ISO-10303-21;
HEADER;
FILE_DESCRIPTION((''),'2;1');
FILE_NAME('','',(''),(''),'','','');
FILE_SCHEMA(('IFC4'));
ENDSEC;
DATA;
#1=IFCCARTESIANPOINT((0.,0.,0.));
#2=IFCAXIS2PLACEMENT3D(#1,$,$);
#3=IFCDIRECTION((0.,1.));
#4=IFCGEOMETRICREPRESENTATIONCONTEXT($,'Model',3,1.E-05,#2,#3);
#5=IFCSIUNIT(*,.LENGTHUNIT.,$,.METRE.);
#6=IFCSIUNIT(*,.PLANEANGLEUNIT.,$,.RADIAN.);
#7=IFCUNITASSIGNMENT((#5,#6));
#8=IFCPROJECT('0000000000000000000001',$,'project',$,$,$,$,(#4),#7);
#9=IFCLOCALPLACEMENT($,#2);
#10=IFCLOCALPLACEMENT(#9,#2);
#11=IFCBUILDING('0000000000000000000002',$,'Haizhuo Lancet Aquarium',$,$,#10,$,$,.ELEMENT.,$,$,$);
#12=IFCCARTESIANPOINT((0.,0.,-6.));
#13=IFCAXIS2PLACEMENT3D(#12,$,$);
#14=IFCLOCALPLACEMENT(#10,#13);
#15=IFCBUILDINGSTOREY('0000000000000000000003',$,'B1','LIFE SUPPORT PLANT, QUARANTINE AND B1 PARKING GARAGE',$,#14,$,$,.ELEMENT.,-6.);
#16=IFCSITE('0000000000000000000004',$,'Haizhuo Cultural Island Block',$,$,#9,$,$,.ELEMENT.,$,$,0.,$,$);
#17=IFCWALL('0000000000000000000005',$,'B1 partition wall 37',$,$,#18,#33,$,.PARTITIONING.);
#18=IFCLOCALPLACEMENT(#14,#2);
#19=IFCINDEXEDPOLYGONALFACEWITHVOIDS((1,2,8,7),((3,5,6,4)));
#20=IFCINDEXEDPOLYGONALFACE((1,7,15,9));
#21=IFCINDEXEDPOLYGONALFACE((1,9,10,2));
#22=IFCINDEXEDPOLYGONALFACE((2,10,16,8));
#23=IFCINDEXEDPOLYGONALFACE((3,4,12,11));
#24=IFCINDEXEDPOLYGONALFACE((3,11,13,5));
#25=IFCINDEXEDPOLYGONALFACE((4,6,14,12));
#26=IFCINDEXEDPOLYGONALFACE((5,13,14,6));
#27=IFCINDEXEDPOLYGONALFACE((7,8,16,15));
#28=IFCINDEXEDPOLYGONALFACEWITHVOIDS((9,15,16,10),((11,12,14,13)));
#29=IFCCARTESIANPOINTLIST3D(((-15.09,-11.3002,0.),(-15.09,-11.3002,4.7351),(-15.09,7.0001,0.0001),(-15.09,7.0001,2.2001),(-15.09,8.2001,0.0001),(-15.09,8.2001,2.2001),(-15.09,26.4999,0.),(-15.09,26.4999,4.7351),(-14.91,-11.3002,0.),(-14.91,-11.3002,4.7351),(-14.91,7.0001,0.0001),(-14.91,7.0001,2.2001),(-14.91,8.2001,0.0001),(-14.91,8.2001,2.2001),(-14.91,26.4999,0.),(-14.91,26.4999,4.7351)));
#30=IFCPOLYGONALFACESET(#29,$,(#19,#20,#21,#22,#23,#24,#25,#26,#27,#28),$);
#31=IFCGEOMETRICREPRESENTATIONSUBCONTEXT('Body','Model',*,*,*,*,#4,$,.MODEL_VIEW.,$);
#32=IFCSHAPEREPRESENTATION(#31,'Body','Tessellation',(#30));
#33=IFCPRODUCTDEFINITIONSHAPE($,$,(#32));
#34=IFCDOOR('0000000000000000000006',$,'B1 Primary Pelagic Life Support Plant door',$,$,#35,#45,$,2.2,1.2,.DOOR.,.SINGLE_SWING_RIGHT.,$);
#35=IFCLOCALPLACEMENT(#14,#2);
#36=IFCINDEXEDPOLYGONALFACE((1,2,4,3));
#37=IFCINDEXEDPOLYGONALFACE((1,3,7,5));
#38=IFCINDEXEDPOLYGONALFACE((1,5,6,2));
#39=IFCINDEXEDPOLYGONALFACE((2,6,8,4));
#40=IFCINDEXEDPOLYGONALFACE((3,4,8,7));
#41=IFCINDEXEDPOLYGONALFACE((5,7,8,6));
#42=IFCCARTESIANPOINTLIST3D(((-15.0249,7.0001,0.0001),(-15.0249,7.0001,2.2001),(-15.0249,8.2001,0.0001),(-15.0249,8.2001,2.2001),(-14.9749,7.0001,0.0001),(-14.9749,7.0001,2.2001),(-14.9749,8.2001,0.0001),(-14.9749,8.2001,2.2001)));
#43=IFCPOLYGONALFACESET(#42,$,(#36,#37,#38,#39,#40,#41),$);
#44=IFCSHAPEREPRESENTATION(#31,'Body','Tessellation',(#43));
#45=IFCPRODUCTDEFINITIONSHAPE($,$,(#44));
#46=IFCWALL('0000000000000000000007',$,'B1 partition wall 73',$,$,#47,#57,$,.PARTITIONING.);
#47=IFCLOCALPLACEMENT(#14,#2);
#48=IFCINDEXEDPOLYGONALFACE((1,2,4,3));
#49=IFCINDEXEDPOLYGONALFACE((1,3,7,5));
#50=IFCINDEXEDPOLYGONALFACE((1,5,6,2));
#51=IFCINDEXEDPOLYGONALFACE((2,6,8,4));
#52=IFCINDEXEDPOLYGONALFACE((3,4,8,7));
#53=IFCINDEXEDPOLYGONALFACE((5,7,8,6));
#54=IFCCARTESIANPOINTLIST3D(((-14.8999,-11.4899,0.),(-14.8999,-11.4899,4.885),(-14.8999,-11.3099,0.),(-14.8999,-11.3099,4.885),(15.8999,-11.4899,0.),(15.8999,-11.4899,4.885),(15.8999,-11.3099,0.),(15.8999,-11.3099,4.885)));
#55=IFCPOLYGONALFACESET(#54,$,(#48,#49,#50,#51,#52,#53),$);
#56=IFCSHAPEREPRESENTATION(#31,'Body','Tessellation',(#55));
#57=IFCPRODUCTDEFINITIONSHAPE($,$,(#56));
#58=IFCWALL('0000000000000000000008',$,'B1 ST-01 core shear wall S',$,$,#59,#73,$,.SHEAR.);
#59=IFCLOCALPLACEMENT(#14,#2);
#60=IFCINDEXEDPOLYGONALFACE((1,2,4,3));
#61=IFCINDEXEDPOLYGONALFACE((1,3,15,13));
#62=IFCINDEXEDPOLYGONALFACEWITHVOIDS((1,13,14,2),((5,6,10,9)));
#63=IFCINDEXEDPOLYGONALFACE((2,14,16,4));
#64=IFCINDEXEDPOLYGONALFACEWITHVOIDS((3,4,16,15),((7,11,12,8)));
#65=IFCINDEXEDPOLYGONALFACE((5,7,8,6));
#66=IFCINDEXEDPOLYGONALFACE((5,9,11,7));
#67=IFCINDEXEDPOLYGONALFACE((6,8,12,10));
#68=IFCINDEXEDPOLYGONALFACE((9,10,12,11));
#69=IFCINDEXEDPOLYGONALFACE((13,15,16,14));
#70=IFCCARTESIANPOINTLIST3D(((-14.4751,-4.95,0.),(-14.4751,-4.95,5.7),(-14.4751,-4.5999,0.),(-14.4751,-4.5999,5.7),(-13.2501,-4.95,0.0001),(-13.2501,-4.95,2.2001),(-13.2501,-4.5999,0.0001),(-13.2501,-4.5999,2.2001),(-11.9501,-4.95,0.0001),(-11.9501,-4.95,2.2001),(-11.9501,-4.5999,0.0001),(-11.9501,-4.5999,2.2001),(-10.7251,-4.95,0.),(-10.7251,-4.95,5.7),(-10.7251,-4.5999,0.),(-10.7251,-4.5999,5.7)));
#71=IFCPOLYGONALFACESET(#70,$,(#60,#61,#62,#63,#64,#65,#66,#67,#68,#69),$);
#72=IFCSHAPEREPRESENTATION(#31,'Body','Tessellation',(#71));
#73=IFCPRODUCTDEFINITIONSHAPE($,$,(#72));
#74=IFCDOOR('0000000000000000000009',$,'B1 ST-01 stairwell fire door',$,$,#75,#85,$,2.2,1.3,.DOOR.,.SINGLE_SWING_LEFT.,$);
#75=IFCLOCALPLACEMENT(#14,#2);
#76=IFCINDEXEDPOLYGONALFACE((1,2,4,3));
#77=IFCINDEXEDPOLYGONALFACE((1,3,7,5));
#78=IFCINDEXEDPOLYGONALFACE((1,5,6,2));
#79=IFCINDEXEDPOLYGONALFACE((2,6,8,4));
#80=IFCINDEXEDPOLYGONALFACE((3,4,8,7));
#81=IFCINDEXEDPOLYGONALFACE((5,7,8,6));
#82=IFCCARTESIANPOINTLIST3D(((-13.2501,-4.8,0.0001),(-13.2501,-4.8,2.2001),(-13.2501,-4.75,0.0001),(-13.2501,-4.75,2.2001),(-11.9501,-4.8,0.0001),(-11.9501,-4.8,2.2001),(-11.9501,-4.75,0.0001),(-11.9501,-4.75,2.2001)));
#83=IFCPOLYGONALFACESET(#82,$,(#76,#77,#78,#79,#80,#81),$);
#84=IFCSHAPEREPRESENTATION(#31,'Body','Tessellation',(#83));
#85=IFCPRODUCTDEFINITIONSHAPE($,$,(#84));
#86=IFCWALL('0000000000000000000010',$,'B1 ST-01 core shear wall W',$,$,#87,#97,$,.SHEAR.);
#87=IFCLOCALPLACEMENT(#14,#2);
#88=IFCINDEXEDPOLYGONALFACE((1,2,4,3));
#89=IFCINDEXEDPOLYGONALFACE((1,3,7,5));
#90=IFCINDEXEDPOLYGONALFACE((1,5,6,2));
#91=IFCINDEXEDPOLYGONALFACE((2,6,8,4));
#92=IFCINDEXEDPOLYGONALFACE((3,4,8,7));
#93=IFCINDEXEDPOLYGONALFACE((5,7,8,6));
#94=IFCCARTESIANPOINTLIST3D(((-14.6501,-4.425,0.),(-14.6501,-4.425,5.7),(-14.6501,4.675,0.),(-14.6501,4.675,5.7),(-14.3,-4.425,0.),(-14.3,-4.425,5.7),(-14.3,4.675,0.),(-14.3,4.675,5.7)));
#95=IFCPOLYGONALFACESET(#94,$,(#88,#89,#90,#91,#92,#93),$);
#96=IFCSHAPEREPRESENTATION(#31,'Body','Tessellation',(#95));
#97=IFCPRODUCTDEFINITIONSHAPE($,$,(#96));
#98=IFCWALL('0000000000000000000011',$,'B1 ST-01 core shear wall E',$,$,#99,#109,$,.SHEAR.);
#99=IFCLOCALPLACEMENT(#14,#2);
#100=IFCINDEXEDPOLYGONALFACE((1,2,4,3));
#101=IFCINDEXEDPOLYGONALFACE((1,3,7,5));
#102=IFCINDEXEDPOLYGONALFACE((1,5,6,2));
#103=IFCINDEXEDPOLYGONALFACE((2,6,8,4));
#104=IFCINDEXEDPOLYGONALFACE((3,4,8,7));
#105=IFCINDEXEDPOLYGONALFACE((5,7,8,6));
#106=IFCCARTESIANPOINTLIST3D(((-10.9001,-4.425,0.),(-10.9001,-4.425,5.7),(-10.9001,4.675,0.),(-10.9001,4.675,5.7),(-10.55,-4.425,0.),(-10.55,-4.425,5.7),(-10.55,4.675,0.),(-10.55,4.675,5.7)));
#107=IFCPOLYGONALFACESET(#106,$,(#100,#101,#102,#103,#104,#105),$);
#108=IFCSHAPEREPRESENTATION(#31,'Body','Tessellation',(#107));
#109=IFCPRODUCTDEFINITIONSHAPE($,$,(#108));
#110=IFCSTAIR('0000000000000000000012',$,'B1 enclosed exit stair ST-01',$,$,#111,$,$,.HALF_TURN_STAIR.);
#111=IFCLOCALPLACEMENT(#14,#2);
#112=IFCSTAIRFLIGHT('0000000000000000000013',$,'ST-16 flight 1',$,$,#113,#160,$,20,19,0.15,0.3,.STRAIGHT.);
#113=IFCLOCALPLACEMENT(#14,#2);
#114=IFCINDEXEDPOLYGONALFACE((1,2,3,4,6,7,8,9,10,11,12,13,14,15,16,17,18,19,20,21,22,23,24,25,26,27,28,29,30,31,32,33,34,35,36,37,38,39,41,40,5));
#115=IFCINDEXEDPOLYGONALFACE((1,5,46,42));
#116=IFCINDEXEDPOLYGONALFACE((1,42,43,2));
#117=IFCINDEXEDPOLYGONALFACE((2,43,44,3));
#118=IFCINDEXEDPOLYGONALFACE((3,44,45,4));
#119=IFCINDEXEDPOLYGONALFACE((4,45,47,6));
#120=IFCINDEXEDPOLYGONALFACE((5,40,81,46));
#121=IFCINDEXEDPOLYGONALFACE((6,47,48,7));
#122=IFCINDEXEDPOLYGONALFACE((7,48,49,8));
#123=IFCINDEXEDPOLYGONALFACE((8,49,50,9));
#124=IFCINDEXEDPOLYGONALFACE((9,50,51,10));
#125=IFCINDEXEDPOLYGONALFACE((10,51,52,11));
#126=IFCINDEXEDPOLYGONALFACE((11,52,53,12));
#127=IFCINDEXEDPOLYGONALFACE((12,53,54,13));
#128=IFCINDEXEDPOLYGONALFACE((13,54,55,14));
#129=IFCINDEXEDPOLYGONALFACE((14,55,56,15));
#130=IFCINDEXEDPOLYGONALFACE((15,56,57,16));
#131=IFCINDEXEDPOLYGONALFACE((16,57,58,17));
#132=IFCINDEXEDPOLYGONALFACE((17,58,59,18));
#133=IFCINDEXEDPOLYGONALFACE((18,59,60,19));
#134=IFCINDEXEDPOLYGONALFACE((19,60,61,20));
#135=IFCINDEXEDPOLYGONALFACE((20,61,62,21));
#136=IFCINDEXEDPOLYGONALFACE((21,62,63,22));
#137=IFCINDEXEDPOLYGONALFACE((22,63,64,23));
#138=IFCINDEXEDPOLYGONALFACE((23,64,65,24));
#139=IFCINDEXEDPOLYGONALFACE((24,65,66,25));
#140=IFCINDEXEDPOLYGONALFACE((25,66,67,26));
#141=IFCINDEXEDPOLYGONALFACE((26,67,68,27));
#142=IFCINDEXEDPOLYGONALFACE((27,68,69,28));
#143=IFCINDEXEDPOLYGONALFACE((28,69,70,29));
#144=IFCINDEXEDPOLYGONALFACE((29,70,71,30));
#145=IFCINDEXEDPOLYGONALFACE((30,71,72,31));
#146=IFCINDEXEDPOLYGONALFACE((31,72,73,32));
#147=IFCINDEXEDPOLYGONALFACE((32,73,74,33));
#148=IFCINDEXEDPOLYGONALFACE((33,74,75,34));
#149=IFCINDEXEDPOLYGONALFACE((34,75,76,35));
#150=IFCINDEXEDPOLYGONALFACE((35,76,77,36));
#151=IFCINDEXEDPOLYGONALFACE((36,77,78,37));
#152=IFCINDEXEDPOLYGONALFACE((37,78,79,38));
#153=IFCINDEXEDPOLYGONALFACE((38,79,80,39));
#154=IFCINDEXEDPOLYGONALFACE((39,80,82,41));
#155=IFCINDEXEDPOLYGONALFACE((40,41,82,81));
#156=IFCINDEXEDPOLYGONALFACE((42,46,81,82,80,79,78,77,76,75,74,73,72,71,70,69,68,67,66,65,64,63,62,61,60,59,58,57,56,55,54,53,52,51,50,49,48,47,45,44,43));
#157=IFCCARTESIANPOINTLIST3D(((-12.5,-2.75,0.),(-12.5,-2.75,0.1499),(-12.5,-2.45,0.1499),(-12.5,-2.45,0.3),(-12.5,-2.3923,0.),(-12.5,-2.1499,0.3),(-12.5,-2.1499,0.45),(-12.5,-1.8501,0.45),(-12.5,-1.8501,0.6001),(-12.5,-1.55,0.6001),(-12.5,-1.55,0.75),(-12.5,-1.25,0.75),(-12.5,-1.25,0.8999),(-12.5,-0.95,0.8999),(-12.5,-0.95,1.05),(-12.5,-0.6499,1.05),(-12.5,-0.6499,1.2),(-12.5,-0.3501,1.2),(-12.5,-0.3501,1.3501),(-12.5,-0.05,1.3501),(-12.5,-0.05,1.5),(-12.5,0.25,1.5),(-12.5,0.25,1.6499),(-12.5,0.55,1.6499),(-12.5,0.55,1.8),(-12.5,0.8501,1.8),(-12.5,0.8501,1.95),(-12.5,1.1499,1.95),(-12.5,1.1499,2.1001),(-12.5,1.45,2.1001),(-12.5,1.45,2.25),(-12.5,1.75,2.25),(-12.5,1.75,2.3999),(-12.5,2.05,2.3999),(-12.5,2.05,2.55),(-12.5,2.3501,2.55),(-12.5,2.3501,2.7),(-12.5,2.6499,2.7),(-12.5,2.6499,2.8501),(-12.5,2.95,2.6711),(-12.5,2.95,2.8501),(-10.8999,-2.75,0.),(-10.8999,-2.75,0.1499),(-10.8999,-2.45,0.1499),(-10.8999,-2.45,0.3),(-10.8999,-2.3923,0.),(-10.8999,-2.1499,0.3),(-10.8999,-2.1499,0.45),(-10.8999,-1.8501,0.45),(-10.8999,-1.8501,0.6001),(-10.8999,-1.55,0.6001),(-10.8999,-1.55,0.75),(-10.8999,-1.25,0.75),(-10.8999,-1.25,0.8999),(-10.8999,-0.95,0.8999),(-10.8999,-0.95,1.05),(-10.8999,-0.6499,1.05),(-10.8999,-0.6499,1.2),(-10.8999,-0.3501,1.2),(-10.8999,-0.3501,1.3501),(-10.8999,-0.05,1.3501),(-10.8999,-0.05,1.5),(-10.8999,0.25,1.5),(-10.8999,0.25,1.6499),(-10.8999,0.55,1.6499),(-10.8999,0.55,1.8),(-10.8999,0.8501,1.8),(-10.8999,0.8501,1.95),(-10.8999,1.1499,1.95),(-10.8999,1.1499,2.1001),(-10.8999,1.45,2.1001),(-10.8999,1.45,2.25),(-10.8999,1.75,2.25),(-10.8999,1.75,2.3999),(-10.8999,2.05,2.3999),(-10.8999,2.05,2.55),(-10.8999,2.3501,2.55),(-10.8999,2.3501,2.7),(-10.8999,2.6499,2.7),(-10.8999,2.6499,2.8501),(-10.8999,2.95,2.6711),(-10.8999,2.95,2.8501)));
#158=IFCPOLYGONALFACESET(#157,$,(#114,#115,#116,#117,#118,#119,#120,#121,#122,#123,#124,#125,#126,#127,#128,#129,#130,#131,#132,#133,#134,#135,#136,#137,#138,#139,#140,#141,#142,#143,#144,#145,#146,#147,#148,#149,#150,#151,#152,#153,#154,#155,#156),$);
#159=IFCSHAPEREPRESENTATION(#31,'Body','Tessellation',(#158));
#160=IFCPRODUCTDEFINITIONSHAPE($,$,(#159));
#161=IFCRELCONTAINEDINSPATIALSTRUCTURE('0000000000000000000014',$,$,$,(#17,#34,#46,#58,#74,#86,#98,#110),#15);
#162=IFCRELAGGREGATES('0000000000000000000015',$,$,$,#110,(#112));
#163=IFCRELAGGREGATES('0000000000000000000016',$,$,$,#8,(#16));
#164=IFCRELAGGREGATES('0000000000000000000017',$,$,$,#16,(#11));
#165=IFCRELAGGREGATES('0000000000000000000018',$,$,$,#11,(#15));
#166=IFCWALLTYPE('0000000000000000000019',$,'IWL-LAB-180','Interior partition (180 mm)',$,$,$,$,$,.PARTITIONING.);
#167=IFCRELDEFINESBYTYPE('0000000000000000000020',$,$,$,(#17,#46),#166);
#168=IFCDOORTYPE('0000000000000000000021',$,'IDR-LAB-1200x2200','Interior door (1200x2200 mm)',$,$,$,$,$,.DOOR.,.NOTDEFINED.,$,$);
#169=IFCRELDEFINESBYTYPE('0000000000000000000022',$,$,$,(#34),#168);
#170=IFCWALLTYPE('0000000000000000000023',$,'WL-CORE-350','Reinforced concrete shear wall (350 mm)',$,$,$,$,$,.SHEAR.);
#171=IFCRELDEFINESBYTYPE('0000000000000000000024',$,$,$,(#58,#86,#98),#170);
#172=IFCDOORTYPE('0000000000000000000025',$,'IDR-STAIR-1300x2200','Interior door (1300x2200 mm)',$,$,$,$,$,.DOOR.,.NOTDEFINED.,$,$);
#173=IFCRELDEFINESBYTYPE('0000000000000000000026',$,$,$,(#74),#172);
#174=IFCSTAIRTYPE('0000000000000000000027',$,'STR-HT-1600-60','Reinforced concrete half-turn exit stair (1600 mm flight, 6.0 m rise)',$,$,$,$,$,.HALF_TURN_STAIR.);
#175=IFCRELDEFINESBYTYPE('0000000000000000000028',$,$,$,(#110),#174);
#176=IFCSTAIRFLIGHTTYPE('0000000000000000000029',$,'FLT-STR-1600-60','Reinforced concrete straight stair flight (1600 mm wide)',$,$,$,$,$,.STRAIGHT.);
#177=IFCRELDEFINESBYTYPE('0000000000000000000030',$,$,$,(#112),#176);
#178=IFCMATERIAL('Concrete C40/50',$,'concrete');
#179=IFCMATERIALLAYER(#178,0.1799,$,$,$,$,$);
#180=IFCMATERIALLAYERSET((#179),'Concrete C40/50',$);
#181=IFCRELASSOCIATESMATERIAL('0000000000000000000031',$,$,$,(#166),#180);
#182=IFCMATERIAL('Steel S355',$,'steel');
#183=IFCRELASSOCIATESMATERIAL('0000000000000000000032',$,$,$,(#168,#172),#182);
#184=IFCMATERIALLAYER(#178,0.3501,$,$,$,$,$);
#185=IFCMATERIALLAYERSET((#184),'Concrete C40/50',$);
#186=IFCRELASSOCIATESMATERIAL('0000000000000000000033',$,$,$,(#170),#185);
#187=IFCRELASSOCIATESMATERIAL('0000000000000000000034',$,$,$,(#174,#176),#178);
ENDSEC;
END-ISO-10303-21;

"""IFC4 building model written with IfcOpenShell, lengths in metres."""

from ifc_helpers import new_model, si_unit, direction, frame, frame_2d, origin, place, context, subcontext, project, spatial, polyline, rectangle, outline, extrude, material, layer, layer_set, type_object, element, fill, aggregate, save


model = new_model("IFC4")

# Units and contexts
model_context = context("Model", 3, precision=1e-05, world=origin(), true_north=direction((0.0, 1.0)))
body_context = subcontext(model_context, "Body", "Model", "MODEL_VIEW")
ifc_project = project(units=[si_unit("LENGTHUNIT", "METRE"), si_unit("PLANEANGLEUNIT", "RADIAN")], contexts=[model_context])

# Site, building, storey
site_placement = place(None, origin())
site = spatial("IfcSite", under=ifc_project, at=site_placement, Name="Haizhuo Cultural Island Block", CompositionType="ELEMENT", RefElevation=0.0)
building_placement = place(site_placement, origin())
building = spatial("IfcBuilding", under=site, at=building_placement, Name="Haizhuo Lancet Aquarium", CompositionType="ELEMENT")
storey_placement = place(building_placement, frame((0.0, 0.0, -6.0)))
storey = spatial("IfcBuildingStorey", under=building, at=storey_placement, Name="B1", Description="LIFE SUPPORT PLANT, QUARANTINE AND B1 PARKING GARAGE", CompositionType="ELEMENT", Elevation=-6.0)

# Shared definitions
ifc_material_1 = material(Name="Concrete C40/50", Category="concrete")

# Shared definitions
ifc_layer_1 = layer(ifc_material_1, 0.1799)
ifc_layer_set_1 = layer_set([ifc_layer_1], Name="Concrete C40/50")
wall_type_1 = type_object("IfcWallType", Name="IWL-LAB-180", Description="Interior partition (180 mm)", PredefinedType="PARTITIONING", material=ifc_layer_set_1)

# Wall, opening, door
wall_1_placement = place(storey_placement, frame((-15.0, -11.3, 0.0), z_axis=(0.0, 0.0, 1.0), x_axis=(0.0, 1.0, 0.0)))
wall_1 = element("IfcWall", 1, at=wall_1_placement, inside=storey, type_object=wall_type_1, Name="B1 partition wall 37", PredefinedType="PARTITIONING", context=body_context, shape_type="SweptSolid", body=[
    extrude(rectangle(XDim=37.8, YDim=0.1799, at=frame_2d((18.8999, 0.0))), origin(), (0.0, 0.0, 1.0), 4.7351),
])
opening_1_placement = place(wall_1_placement, frame((18.3, 0.0, 0.0)))
opening_1 = element("IfcOpeningElement", 2, at=opening_1_placement, cuts=wall_1, PredefinedType="OPENING", context=body_context, shape_type="SweptSolid", body=[
    extrude(rectangle(XDim=1.2, YDim=2.2, at=frame_2d((0.6001, 1.1001))), frame((0.0, 0.0999, 0.0), z_axis=(0.0, -1.0, 0.0), x_axis=(1.0, 0.0, 0.0)), (0.0, 0.0, 1.0), 0.1999),
])
ifc_material_2 = material(Name="Steel S355", Category="steel")
door_type_1 = type_object("IfcDoorType", Name="IDR-LAB-1200x2200", Description="Interior door (1200x2200 mm)", OperationType="NOTDEFINED", PredefinedType="DOOR", material=ifc_material_2)
door_1_placement = place(opening_1_placement, origin())
door_1 = element("IfcDoor", 3, at=door_1_placement, inside=storey, type_object=door_type_1, Name="B1 Primary Pelagic Life Support Plant door", OperationType="SINGLE_SWING_RIGHT", OverallHeight=2.2, OverallWidth=1.2, PredefinedType="DOOR", context=body_context, shape_type="SweptSolid", body=[
    extrude(rectangle(XDim=1.2, YDim=2.2, at=frame_2d((0.6001, 1.1001))), frame((0.0, 0.0249, 0.0), z_axis=(0.0, -1.0, 0.0), x_axis=(1.0, 0.0, 0.0)), (0.0, 0.0, 1.0), 0.05),
])
fill(opening_1, door_1)

# Wall
wall_2_placement = place(storey_placement, frame((-14.8999, -11.3999, 0.0), z_axis=(0.0, 0.0, 1.0), x_axis=(1.0, 0.0, 0.0)))
element("IfcWall", 4, at=wall_2_placement, inside=storey, type_object=wall_type_1, Name="B1 partition wall 73", PredefinedType="PARTITIONING", context=body_context, shape_type="SweptSolid", body=[
    extrude(rectangle(XDim=30.7998, YDim=0.1799, at=frame_2d((15.3999, 0.0))), origin(), (0.0, 0.0, 1.0), 4.885),
])

# Wall, opening, door
ifc_layer_2 = layer(ifc_material_1, 0.3501)
ifc_layer_set_2 = layer_set([ifc_layer_2], Name="Concrete C40/50")
wall_type_2 = type_object("IfcWallType", Name="WL-CORE-350", Description="Reinforced concrete shear wall (350 mm)", PredefinedType="SHEAR", material=ifc_layer_set_2)
wall_3_placement = place(storey_placement, frame((-14.4751, -4.7749, 0.0), z_axis=(0.0, 0.0, 1.0), x_axis=(1.0, 0.0, 0.0)))
wall_3 = element("IfcWall", 5, at=wall_3_placement, inside=storey, type_object=wall_type_2, Name="B1 ST-01 core shear wall S", PredefinedType="SHEAR", context=body_context, shape_type="SweptSolid", body=[
    extrude(rectangle(XDim=3.75, YDim=0.3501, at=frame_2d((1.875, 0.0))), origin(), (0.0, 0.0, 1.0), 5.7),
])
opening_2_placement = place(wall_3_placement, frame((1.2251, 0.0, 0.0)))
opening_2 = element("IfcOpeningElement", 6, at=opening_2_placement, cuts=wall_3, PredefinedType="OPENING", context=body_context, shape_type="SweptSolid", body=[
    extrude(rectangle(XDim=1.3, YDim=2.2, at=frame_2d((0.6499, 1.1001))), frame((0.0, 0.1851, 0.0), z_axis=(0.0, -1.0, 0.0), x_axis=(1.0, 0.0, 0.0)), (0.0, 0.0, 1.0), 0.3701),
])
door_type_2 = type_object("IfcDoorType", Name="IDR-STAIR-1300x2200", Description="Interior door (1300x2200 mm)", OperationType="NOTDEFINED", PredefinedType="DOOR", material=ifc_material_2)
door_2_placement = place(opening_2_placement, origin())
door_2 = element("IfcDoor", 7, at=door_2_placement, inside=storey, type_object=door_type_2, Name="B1 ST-01 stairwell fire door", OperationType="SINGLE_SWING_LEFT", OverallHeight=2.2, OverallWidth=1.3, PredefinedType="DOOR", context=body_context, shape_type="SweptSolid", body=[
    extrude(rectangle(XDim=1.3, YDim=2.2, at=frame_2d((0.6499, 1.1001))), frame((0.0, 0.0249, 0.0), z_axis=(0.0, -1.0, 0.0), x_axis=(1.0, 0.0, 0.0)), (0.0, 0.0, 1.0), 0.05),
])
fill(opening_2, door_2)

# Walls
for number, where, z_axis, x_axis, name in (
    (8, (-14.4751, -4.425, 0.0), (0.0, 0.0, 1.0), (0.0, 1.0, 0.0), "B1 ST-01 core shear wall W"),
    (9, (-10.7251, -4.425, 0.0), (0.0, 0.0, 1.0), (0.0, 1.0, 0.0), "B1 ST-01 core shear wall E"),
):
    element("IfcWall", number, at=place(storey_placement, frame(where, z_axis=z_axis, x_axis=x_axis)), inside=storey, type_object=wall_type_2, Name=name, PredefinedType="SHEAR", context=body_context, shape_type="SweptSolid", body=[
        extrude(rectangle(XDim=9.1001, YDim=0.3501, at=frame_2d((4.55, 0.0))), origin(), (0.0, 0.0, 1.0), 5.7),
    ])

# Stair, stair flight
stair_type = type_object("IfcStairType", Name="STR-HT-1600-60", Description="Reinforced concrete half-turn exit stair (1600 mm flight, 6.0 m rise)", PredefinedType="HALF_TURN_STAIR", material=ifc_material_1)
stair_placement = place(storey_placement, origin())
stair = element("IfcStair", 10, at=stair_placement, inside=storey, type_object=stair_type, Name="B1 enclosed exit stair ST-01", PredefinedType="HALF_TURN_STAIR")
stair_flight_type = type_object("IfcStairFlightType", Name="FLT-STR-1600-60", Description="Reinforced concrete straight stair flight (1600 mm wide)", PredefinedType="STRAIGHT", material=ifc_material_1)
stair_flight_placement = place(storey_placement, frame((-11.7, -2.75, 0.0), z_axis=(0.0, 0.0, 1.0), x_axis=(0.0, 1.0, 0.0)))
stair_flight = element("IfcStairFlight", 11, at=stair_flight_placement, type_object=stair_flight_type, Name="ST-16 flight 1", NumberOfRisers=20, NumberOfTreads=19, PredefinedType="STRAIGHT", RiserHeight=0.15, TreadLength=0.3, context=body_context, shape_type="SweptSolid", body=[
    extrude(outline(polyline([(0.0, 0.0), (0.0, 0.1499), (0.3, 0.1499), (0.3, 0.3), (0.6001, 0.3), (0.6001, 0.45), (0.8999, 0.45), (0.8999, 0.6001), (1.2, 0.6001), (1.2, 0.75), (1.5, 0.75), (1.5, 0.8999), (1.8, 0.8999), (1.8, 1.05), (2.1001, 1.05), (2.1001, 1.2), (2.3999, 1.2), (2.3999, 1.3501), (2.7, 1.3501), (2.7, 1.5), (3.0, 1.5), (3.0, 1.6499), (3.3, 1.6499), (3.3, 1.8), (3.6001, 1.8), (3.6001, 1.95), (3.8999, 1.95), (3.8999, 2.1001), (4.2, 2.1001), (4.2, 2.25), (4.5, 2.25), (4.5, 2.3999), (4.8, 2.3999), (4.8, 2.55), (5.1001, 2.55), (5.1001, 2.7), (5.3999, 2.7), (5.3999, 2.8501), (5.7, 2.8501), (5.7, 3.0), (5.7, 2.6711), (0.3577, 0.0), (0.0, 0.0)])), frame((0.0, 0.8, 0.0), z_axis=(0.0, -1.0, 0.0), x_axis=(1.0, 0.0, 0.0)), (0.0, 0.0, 1.0), 1.6001),
])
aggregate(stair, [stair_flight])

save(model, "model.ifc")
